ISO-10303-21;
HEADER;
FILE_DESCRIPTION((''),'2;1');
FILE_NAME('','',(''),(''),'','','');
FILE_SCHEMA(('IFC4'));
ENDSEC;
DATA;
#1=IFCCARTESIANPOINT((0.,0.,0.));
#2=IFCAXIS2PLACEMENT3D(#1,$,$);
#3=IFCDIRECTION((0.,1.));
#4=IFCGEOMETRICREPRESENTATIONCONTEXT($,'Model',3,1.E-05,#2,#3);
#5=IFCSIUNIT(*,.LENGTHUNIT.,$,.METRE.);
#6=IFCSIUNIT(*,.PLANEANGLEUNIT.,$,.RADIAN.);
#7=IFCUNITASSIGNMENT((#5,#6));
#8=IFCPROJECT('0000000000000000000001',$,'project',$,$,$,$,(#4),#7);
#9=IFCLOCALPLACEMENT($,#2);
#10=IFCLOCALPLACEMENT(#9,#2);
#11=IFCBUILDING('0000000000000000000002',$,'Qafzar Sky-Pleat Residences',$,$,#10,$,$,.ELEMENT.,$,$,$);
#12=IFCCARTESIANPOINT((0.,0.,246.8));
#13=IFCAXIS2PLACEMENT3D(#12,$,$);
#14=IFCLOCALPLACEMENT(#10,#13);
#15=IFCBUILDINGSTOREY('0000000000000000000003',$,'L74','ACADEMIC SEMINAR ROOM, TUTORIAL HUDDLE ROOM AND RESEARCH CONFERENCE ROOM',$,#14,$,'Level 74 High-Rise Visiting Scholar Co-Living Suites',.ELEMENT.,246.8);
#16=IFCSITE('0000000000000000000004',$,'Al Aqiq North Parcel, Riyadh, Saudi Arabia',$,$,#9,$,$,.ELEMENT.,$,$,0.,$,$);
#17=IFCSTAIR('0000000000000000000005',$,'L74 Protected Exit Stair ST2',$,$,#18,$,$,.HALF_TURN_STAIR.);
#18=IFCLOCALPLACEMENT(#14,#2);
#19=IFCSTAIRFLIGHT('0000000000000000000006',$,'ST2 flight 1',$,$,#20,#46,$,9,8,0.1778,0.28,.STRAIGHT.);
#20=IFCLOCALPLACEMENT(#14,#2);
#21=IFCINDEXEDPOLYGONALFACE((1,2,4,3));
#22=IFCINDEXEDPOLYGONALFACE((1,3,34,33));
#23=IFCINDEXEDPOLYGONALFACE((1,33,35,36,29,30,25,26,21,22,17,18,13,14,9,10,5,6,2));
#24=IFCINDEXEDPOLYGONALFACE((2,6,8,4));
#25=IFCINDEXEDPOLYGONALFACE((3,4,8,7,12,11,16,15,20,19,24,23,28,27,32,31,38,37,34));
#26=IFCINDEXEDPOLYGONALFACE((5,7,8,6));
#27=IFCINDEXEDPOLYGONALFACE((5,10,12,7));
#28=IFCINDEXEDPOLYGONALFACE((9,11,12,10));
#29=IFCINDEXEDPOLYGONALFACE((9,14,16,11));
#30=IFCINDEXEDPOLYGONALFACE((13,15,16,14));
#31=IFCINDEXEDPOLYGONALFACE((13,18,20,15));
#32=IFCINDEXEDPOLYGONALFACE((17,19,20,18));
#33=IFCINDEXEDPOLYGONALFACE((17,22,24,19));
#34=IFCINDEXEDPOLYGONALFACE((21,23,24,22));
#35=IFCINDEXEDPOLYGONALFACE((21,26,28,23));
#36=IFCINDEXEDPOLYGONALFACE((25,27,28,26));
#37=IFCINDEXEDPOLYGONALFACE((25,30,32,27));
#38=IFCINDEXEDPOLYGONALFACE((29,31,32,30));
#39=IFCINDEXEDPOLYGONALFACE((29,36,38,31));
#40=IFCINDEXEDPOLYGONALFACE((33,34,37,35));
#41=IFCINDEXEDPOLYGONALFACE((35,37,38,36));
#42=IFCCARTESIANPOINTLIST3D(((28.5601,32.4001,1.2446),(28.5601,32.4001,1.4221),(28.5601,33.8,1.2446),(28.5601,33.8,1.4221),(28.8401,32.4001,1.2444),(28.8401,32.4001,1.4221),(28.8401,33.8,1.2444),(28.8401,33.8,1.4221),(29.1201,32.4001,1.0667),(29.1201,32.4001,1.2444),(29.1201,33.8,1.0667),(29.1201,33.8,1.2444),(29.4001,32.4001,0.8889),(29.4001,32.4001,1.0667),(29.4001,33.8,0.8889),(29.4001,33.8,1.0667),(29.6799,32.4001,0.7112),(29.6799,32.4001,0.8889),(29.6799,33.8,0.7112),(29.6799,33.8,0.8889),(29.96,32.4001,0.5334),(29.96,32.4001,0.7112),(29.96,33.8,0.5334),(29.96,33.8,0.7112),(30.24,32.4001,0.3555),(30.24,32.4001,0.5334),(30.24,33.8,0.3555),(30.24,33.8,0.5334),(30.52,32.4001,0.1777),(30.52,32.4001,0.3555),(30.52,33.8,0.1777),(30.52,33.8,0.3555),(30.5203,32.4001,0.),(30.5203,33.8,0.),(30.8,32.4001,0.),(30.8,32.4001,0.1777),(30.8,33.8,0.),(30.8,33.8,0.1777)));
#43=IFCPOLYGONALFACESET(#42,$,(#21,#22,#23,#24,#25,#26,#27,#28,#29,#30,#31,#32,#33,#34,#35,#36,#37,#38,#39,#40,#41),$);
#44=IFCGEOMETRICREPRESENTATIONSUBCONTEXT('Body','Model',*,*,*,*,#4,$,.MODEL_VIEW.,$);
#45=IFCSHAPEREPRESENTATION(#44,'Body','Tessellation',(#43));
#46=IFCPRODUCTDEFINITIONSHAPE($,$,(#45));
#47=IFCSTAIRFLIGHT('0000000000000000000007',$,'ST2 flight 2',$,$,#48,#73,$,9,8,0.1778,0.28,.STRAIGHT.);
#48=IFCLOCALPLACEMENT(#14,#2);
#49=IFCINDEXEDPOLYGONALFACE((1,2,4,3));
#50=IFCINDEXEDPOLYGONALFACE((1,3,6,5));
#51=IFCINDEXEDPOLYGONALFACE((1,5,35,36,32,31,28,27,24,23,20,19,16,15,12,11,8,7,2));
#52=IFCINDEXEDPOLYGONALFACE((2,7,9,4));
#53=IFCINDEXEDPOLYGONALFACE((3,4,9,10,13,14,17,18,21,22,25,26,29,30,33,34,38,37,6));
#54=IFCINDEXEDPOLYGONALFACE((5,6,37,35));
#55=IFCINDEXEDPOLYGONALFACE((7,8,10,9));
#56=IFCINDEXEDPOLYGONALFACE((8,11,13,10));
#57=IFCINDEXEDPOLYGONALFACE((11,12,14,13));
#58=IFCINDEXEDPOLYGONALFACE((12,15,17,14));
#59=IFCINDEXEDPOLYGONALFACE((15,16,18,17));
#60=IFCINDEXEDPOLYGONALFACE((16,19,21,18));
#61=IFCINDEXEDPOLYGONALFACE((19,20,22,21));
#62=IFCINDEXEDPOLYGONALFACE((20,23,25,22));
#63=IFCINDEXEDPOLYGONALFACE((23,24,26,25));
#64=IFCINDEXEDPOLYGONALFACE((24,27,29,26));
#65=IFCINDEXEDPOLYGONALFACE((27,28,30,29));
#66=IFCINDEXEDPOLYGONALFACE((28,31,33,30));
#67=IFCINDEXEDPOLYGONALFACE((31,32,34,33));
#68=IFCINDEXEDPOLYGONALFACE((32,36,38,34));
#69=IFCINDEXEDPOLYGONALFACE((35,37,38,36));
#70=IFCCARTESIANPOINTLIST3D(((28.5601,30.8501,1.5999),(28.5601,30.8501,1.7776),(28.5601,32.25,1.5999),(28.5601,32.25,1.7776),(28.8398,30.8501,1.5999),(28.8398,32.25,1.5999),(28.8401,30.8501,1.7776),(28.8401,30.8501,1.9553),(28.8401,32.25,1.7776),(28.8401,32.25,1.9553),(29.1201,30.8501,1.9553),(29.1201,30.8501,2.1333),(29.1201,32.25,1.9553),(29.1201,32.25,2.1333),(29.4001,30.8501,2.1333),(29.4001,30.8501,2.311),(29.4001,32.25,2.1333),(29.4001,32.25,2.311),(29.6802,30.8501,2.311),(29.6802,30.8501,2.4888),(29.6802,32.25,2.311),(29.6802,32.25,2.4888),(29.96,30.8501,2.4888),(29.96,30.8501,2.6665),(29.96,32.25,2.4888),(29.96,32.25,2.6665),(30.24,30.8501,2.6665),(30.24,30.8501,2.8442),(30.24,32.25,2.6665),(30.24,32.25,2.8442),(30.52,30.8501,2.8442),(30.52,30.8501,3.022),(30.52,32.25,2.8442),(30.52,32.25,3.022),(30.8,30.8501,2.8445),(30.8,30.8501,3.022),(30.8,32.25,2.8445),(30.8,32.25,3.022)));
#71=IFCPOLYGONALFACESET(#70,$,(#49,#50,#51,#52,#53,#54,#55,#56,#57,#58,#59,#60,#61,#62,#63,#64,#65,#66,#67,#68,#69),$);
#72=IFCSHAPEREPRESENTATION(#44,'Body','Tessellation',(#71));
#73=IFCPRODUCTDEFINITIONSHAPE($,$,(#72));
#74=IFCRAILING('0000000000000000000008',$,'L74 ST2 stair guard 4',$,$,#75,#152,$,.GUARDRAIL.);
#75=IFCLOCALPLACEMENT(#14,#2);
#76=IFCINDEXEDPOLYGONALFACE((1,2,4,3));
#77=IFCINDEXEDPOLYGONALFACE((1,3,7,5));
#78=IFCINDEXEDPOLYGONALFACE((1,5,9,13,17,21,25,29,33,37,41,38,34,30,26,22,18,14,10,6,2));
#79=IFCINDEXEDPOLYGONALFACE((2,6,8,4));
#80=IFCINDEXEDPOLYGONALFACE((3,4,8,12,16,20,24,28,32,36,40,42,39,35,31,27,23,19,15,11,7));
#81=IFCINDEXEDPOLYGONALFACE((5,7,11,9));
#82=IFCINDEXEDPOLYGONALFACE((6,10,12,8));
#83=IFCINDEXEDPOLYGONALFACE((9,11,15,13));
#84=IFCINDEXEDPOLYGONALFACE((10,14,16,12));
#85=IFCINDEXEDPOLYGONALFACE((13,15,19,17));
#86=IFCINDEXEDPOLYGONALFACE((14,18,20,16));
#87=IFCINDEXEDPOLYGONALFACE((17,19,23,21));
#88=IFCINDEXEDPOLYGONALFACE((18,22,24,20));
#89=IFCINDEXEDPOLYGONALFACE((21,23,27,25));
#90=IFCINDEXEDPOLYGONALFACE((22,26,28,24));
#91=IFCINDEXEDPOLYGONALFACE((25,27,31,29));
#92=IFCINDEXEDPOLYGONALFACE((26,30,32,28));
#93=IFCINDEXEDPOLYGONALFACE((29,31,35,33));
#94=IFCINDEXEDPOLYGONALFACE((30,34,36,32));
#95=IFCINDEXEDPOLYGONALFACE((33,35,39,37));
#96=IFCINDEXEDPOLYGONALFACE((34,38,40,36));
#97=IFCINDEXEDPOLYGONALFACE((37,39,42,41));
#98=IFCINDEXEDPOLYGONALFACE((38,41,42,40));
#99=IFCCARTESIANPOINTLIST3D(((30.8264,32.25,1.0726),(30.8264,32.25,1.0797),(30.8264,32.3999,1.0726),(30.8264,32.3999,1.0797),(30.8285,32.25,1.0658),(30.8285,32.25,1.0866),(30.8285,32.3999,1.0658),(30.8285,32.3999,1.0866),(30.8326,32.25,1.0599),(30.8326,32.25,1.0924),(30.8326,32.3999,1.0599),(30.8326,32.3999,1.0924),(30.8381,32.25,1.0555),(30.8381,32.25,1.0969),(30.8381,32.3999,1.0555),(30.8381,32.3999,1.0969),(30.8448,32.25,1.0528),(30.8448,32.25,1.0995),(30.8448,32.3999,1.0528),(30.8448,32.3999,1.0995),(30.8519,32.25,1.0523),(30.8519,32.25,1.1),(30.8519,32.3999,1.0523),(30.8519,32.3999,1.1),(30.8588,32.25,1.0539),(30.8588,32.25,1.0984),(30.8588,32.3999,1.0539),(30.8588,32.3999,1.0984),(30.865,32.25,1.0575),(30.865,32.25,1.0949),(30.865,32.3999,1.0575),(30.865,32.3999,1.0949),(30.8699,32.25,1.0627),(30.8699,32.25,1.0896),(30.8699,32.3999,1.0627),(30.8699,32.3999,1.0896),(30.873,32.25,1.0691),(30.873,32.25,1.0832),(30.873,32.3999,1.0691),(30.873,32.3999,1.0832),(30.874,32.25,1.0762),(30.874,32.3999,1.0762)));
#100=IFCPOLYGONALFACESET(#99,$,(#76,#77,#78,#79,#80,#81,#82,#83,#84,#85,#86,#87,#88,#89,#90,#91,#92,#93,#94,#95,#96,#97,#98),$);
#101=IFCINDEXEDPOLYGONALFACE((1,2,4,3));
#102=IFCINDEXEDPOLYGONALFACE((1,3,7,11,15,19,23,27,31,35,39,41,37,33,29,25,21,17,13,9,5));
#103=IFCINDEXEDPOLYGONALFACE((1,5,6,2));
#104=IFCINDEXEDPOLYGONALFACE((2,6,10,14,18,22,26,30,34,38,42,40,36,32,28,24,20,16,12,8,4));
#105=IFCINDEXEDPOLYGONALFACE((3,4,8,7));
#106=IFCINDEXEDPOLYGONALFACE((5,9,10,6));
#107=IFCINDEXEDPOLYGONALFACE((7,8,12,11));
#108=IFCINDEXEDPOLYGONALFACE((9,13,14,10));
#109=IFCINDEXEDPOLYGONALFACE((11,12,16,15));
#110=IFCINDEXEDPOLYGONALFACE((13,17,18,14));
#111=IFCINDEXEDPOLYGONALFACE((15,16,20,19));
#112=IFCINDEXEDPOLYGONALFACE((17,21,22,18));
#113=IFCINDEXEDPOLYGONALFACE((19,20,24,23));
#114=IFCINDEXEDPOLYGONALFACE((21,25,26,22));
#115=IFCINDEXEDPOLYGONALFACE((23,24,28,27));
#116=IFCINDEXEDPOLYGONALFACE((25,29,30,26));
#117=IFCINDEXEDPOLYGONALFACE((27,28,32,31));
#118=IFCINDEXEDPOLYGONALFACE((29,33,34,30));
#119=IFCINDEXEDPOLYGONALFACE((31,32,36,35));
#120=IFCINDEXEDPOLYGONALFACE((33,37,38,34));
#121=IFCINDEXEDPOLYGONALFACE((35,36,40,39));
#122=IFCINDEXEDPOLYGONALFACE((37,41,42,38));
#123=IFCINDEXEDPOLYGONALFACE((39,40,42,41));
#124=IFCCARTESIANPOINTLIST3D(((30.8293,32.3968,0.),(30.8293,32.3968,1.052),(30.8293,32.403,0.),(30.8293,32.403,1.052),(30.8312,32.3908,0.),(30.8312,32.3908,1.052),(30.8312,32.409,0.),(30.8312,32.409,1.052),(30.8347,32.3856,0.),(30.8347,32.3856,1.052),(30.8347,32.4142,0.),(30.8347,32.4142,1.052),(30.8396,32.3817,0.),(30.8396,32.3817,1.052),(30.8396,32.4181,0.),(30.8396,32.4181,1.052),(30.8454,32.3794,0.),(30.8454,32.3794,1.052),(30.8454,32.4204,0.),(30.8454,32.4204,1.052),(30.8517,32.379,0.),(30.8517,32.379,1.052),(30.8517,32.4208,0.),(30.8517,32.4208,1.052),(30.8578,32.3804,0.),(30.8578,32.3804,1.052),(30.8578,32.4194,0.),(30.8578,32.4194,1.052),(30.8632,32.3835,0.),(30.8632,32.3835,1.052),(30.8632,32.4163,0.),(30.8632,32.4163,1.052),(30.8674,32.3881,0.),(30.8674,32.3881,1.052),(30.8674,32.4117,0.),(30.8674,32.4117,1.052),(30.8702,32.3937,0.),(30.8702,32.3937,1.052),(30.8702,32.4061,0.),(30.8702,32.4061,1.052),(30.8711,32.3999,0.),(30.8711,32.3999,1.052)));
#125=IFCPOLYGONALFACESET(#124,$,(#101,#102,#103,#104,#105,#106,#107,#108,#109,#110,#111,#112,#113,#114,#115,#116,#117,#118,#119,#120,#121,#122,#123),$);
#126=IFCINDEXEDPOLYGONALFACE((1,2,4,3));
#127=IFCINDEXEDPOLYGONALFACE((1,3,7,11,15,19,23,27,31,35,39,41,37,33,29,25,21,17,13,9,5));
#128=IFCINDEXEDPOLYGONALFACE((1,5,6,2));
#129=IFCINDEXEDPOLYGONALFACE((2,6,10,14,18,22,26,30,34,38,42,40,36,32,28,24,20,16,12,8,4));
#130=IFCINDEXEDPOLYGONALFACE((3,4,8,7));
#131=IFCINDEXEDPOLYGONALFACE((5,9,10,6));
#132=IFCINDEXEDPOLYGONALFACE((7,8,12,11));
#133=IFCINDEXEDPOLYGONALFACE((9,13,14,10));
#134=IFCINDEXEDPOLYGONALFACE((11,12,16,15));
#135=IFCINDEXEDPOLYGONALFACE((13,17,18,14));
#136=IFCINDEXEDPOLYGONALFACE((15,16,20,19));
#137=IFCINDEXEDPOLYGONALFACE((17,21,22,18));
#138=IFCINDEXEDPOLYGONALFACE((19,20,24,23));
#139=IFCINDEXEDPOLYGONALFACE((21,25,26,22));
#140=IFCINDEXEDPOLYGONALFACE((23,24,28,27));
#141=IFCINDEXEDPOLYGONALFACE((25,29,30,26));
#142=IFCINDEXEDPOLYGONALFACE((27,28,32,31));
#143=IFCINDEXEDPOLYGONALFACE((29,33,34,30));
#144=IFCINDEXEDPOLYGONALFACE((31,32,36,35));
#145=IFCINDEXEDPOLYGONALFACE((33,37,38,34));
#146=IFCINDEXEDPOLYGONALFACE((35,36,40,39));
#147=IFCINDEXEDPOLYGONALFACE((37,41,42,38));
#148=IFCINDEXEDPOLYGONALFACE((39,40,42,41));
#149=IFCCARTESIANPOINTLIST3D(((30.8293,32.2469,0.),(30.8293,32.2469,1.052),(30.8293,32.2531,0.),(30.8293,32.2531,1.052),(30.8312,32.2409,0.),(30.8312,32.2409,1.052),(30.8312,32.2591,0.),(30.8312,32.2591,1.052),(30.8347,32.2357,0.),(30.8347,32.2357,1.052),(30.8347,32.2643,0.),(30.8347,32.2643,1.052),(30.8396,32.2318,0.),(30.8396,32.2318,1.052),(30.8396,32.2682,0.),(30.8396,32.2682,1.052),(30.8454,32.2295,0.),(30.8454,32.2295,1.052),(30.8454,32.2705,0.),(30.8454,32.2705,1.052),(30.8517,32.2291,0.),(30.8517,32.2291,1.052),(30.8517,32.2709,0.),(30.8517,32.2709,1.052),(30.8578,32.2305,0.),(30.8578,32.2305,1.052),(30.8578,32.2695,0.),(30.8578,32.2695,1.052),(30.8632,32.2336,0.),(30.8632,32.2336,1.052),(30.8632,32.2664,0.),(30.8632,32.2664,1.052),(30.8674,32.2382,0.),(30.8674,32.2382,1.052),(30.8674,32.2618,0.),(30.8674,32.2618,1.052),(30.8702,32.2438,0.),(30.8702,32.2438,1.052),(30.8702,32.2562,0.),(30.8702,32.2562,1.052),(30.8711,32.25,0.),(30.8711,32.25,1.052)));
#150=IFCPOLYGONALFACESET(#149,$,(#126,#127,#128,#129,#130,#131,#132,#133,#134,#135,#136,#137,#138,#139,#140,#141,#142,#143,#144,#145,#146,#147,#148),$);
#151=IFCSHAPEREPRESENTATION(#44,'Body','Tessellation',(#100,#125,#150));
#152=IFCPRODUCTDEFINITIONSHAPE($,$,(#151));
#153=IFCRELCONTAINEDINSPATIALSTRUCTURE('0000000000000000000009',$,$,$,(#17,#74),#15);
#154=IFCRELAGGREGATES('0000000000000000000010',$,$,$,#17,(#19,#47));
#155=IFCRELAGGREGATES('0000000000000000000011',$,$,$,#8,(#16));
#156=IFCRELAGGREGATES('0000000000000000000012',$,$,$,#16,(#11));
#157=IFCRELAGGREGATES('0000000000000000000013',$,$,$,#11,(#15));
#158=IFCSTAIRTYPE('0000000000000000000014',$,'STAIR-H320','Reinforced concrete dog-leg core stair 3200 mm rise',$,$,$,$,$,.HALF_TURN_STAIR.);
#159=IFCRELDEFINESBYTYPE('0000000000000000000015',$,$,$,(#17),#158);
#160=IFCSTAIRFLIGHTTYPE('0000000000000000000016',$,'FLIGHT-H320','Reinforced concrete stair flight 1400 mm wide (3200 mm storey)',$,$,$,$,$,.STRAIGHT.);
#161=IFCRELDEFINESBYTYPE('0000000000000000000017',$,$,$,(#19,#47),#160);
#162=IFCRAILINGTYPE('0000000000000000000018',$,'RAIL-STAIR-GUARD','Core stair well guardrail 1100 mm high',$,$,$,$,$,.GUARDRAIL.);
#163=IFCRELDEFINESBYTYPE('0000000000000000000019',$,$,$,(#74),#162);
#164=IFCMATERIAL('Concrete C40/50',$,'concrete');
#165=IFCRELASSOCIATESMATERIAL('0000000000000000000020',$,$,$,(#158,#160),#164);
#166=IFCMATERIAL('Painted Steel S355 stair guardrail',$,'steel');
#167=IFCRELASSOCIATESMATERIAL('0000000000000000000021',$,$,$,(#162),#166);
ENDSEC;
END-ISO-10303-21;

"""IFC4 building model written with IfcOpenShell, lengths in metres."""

from ifc_helpers import new_model, si_unit, direction, frame, origin, origin_2d, place, context, subcontext, project, spatial, polyline, circle, outline, extrude, source, transform, mapped, material, type_object, element, aggregate, save


model = new_model("IFC4")

# Units and contexts
model_context = context("Model", 3, precision=1e-05, world=origin(), true_north=direction((0.0, 1.0)))
body_context = subcontext(model_context, "Body", "Model", "MODEL_VIEW")
ifc_project = project(units=[si_unit("LENGTHUNIT", "METRE"), si_unit("PLANEANGLEUNIT", "RADIAN")], contexts=[model_context])

# Site, building, storey
site_placement = place(None, origin())
site = spatial("IfcSite", under=ifc_project, at=site_placement, Name="Al Aqiq North Parcel, Riyadh, Saudi Arabia", CompositionType="ELEMENT", RefElevation=0.0)
building_placement = place(site_placement, origin())
building = spatial("IfcBuilding", under=site, at=building_placement, Name="Qafzar Sky-Pleat Residences", CompositionType="ELEMENT")
storey_placement = place(building_placement, frame((0.0, 0.0, 246.8)))
storey = spatial("IfcBuildingStorey", under=building, at=storey_placement, Name="L74", Description="ACADEMIC SEMINAR ROOM, TUTORIAL HUDDLE ROOM AND RESEARCH CONFERENCE ROOM", LongName="Level 74 High-Rise Visiting Scholar Co-Living Suites", CompositionType="ELEMENT", Elevation=246.8)

# Stair, stair flights
ifc_material_1 = material(Name="Concrete C40/50", Category="concrete")
stair_type = type_object("IfcStairType", Name="STAIR-H320", Description="Reinforced concrete dog-leg core stair 3200 mm rise", PredefinedType="HALF_TURN_STAIR", material=ifc_material_1)
stair_placement = place(storey_placement, origin())
stair = element("IfcStair", 1, at=stair_placement, inside=storey, type_object=stair_type, Name="L74 Protected Exit Stair ST2", PredefinedType="HALF_TURN_STAIR")
stair_flight_type = type_object("IfcStairFlightType", Name="FLIGHT-H320", Description="Reinforced concrete stair flight 1400 mm wide (3200 mm storey)", PredefinedType="STRAIGHT", material=ifc_material_1)
shared_shape_1 = source(origin(), body_context, "Body", "SweptSolid", [
    extrude(outline(polyline([(0.0, 0.0), (0.0, 0.1777), (0.28, 0.1777), (0.28, 0.3555), (0.5601, 0.3555), (0.5601, 0.5334), (0.8401, 0.5334), (0.8401, 0.7112), (1.1201, 0.7112), (1.1201, 0.8889), (1.3999, 0.8889), (1.3999, 1.0667), (1.6799, 1.0667), (1.6799, 1.2444), (1.96, 1.2444), (1.96, 1.4221), (2.24, 1.4221), (2.24, 1.6001), (2.24, 1.2446), (0.2798, 0.0), (0.0, 0.0)])), frame((0.0, 0.7, 0.0), z_axis=(0.0, -1.0, 0.0), x_axis=(1.0, 0.0, 0.0)), (0.0, 0.0, 1.0), 1.3999),
])
stair_flight_1_placement = place(storey_placement, frame((30.8, 33.1001, 0.0), z_axis=(0.0, 0.0, 1.0), x_axis=(-1.0, 0.0, 0.0)))
stair_flight_1 = element("IfcStairFlight", 2, at=stair_flight_1_placement, type_object=stair_flight_type, Name="ST2 flight 1", NumberOfRisers=9, NumberOfTreads=8, PredefinedType="STRAIGHT", RiserHeight=0.1778, TreadLength=0.28, context=body_context, shape_type="MappedRepresentation", body=[
    mapped(shared_shape_1, transform((0.0, 0.0, 0.0), x_axis=(1.0, 0.0, 0.0), y_axis=(0.0, 1.0, 0.0), z_axis=(0.0, 0.0, 1.0), scale=1.0)),
])
stair_flight_2_placement = place(storey_placement, frame((28.5601, 31.55, 1.5999), z_axis=(0.0, 0.0, 1.0), x_axis=(1.0, 0.0, 0.0)))
stair_flight_2 = element("IfcStairFlight", 3, at=stair_flight_2_placement, type_object=stair_flight_type, Name="ST2 flight 2", NumberOfRisers=9, NumberOfTreads=8, PredefinedType="STRAIGHT", RiserHeight=0.1778, TreadLength=0.28, context=body_context, shape_type="MappedRepresentation", body=[
    mapped(shared_shape_1, transform((0.0, 0.0, 0.0), x_axis=(1.0, 0.0, 0.0), y_axis=(0.0, 1.0, 0.0), z_axis=(0.0, 0.0, 1.0), scale=1.0)),
])
aggregate(stair, [stair_flight_1, stair_flight_2])

# Railing
ifc_material_2 = material(Name="Painted Steel S355 stair guardrail", Category="steel")
railing_type_1 = type_object("IfcRailingType", Name="RAIL-STAIR-GUARD", Description="Core stair well guardrail 1100 mm high", PredefinedType="GUARDRAIL", material=ifc_material_2)
shared_shape_2 = source(origin(), body_context, "Body", "SweptSolid", [
    extrude(circle(Radius=0.0239, at=origin_2d()), frame((0.0, 0.0, 1.0762), z_axis=(0.0, -1.0, 0.0), x_axis=(1.0, 0.0, 0.0)), (0.0, 0.0, 1.0), 0.1499),
    extrude(circle(Radius=0.021, at=origin_2d()), origin(), (0.0, 0.0, 1.0), 1.052),
    extrude(circle(Radius=0.021, at=origin_2d()), frame((0.0, -0.1499, 0.0)), (0.0, 0.0, 1.0), 1.052),
])
railing_1_placement = place(storey_placement, frame((30.8501, 32.3999, 0.0)))
element("IfcRailing", 4, at=railing_1_placement, inside=storey, type_object=railing_type_1, Name="L74 ST2 stair guard 4", PredefinedType="GUARDRAIL", context=body_context, shape_type="MappedRepresentation", body=[
    mapped(shared_shape_2, transform((0.0, 0.0, 0.0), x_axis=(1.0, 0.0, 0.0), y_axis=(0.0, 1.0, 0.0), z_axis=(0.0, 0.0, 1.0), scale=1.0)),
])

save(model, "model.ifc")
